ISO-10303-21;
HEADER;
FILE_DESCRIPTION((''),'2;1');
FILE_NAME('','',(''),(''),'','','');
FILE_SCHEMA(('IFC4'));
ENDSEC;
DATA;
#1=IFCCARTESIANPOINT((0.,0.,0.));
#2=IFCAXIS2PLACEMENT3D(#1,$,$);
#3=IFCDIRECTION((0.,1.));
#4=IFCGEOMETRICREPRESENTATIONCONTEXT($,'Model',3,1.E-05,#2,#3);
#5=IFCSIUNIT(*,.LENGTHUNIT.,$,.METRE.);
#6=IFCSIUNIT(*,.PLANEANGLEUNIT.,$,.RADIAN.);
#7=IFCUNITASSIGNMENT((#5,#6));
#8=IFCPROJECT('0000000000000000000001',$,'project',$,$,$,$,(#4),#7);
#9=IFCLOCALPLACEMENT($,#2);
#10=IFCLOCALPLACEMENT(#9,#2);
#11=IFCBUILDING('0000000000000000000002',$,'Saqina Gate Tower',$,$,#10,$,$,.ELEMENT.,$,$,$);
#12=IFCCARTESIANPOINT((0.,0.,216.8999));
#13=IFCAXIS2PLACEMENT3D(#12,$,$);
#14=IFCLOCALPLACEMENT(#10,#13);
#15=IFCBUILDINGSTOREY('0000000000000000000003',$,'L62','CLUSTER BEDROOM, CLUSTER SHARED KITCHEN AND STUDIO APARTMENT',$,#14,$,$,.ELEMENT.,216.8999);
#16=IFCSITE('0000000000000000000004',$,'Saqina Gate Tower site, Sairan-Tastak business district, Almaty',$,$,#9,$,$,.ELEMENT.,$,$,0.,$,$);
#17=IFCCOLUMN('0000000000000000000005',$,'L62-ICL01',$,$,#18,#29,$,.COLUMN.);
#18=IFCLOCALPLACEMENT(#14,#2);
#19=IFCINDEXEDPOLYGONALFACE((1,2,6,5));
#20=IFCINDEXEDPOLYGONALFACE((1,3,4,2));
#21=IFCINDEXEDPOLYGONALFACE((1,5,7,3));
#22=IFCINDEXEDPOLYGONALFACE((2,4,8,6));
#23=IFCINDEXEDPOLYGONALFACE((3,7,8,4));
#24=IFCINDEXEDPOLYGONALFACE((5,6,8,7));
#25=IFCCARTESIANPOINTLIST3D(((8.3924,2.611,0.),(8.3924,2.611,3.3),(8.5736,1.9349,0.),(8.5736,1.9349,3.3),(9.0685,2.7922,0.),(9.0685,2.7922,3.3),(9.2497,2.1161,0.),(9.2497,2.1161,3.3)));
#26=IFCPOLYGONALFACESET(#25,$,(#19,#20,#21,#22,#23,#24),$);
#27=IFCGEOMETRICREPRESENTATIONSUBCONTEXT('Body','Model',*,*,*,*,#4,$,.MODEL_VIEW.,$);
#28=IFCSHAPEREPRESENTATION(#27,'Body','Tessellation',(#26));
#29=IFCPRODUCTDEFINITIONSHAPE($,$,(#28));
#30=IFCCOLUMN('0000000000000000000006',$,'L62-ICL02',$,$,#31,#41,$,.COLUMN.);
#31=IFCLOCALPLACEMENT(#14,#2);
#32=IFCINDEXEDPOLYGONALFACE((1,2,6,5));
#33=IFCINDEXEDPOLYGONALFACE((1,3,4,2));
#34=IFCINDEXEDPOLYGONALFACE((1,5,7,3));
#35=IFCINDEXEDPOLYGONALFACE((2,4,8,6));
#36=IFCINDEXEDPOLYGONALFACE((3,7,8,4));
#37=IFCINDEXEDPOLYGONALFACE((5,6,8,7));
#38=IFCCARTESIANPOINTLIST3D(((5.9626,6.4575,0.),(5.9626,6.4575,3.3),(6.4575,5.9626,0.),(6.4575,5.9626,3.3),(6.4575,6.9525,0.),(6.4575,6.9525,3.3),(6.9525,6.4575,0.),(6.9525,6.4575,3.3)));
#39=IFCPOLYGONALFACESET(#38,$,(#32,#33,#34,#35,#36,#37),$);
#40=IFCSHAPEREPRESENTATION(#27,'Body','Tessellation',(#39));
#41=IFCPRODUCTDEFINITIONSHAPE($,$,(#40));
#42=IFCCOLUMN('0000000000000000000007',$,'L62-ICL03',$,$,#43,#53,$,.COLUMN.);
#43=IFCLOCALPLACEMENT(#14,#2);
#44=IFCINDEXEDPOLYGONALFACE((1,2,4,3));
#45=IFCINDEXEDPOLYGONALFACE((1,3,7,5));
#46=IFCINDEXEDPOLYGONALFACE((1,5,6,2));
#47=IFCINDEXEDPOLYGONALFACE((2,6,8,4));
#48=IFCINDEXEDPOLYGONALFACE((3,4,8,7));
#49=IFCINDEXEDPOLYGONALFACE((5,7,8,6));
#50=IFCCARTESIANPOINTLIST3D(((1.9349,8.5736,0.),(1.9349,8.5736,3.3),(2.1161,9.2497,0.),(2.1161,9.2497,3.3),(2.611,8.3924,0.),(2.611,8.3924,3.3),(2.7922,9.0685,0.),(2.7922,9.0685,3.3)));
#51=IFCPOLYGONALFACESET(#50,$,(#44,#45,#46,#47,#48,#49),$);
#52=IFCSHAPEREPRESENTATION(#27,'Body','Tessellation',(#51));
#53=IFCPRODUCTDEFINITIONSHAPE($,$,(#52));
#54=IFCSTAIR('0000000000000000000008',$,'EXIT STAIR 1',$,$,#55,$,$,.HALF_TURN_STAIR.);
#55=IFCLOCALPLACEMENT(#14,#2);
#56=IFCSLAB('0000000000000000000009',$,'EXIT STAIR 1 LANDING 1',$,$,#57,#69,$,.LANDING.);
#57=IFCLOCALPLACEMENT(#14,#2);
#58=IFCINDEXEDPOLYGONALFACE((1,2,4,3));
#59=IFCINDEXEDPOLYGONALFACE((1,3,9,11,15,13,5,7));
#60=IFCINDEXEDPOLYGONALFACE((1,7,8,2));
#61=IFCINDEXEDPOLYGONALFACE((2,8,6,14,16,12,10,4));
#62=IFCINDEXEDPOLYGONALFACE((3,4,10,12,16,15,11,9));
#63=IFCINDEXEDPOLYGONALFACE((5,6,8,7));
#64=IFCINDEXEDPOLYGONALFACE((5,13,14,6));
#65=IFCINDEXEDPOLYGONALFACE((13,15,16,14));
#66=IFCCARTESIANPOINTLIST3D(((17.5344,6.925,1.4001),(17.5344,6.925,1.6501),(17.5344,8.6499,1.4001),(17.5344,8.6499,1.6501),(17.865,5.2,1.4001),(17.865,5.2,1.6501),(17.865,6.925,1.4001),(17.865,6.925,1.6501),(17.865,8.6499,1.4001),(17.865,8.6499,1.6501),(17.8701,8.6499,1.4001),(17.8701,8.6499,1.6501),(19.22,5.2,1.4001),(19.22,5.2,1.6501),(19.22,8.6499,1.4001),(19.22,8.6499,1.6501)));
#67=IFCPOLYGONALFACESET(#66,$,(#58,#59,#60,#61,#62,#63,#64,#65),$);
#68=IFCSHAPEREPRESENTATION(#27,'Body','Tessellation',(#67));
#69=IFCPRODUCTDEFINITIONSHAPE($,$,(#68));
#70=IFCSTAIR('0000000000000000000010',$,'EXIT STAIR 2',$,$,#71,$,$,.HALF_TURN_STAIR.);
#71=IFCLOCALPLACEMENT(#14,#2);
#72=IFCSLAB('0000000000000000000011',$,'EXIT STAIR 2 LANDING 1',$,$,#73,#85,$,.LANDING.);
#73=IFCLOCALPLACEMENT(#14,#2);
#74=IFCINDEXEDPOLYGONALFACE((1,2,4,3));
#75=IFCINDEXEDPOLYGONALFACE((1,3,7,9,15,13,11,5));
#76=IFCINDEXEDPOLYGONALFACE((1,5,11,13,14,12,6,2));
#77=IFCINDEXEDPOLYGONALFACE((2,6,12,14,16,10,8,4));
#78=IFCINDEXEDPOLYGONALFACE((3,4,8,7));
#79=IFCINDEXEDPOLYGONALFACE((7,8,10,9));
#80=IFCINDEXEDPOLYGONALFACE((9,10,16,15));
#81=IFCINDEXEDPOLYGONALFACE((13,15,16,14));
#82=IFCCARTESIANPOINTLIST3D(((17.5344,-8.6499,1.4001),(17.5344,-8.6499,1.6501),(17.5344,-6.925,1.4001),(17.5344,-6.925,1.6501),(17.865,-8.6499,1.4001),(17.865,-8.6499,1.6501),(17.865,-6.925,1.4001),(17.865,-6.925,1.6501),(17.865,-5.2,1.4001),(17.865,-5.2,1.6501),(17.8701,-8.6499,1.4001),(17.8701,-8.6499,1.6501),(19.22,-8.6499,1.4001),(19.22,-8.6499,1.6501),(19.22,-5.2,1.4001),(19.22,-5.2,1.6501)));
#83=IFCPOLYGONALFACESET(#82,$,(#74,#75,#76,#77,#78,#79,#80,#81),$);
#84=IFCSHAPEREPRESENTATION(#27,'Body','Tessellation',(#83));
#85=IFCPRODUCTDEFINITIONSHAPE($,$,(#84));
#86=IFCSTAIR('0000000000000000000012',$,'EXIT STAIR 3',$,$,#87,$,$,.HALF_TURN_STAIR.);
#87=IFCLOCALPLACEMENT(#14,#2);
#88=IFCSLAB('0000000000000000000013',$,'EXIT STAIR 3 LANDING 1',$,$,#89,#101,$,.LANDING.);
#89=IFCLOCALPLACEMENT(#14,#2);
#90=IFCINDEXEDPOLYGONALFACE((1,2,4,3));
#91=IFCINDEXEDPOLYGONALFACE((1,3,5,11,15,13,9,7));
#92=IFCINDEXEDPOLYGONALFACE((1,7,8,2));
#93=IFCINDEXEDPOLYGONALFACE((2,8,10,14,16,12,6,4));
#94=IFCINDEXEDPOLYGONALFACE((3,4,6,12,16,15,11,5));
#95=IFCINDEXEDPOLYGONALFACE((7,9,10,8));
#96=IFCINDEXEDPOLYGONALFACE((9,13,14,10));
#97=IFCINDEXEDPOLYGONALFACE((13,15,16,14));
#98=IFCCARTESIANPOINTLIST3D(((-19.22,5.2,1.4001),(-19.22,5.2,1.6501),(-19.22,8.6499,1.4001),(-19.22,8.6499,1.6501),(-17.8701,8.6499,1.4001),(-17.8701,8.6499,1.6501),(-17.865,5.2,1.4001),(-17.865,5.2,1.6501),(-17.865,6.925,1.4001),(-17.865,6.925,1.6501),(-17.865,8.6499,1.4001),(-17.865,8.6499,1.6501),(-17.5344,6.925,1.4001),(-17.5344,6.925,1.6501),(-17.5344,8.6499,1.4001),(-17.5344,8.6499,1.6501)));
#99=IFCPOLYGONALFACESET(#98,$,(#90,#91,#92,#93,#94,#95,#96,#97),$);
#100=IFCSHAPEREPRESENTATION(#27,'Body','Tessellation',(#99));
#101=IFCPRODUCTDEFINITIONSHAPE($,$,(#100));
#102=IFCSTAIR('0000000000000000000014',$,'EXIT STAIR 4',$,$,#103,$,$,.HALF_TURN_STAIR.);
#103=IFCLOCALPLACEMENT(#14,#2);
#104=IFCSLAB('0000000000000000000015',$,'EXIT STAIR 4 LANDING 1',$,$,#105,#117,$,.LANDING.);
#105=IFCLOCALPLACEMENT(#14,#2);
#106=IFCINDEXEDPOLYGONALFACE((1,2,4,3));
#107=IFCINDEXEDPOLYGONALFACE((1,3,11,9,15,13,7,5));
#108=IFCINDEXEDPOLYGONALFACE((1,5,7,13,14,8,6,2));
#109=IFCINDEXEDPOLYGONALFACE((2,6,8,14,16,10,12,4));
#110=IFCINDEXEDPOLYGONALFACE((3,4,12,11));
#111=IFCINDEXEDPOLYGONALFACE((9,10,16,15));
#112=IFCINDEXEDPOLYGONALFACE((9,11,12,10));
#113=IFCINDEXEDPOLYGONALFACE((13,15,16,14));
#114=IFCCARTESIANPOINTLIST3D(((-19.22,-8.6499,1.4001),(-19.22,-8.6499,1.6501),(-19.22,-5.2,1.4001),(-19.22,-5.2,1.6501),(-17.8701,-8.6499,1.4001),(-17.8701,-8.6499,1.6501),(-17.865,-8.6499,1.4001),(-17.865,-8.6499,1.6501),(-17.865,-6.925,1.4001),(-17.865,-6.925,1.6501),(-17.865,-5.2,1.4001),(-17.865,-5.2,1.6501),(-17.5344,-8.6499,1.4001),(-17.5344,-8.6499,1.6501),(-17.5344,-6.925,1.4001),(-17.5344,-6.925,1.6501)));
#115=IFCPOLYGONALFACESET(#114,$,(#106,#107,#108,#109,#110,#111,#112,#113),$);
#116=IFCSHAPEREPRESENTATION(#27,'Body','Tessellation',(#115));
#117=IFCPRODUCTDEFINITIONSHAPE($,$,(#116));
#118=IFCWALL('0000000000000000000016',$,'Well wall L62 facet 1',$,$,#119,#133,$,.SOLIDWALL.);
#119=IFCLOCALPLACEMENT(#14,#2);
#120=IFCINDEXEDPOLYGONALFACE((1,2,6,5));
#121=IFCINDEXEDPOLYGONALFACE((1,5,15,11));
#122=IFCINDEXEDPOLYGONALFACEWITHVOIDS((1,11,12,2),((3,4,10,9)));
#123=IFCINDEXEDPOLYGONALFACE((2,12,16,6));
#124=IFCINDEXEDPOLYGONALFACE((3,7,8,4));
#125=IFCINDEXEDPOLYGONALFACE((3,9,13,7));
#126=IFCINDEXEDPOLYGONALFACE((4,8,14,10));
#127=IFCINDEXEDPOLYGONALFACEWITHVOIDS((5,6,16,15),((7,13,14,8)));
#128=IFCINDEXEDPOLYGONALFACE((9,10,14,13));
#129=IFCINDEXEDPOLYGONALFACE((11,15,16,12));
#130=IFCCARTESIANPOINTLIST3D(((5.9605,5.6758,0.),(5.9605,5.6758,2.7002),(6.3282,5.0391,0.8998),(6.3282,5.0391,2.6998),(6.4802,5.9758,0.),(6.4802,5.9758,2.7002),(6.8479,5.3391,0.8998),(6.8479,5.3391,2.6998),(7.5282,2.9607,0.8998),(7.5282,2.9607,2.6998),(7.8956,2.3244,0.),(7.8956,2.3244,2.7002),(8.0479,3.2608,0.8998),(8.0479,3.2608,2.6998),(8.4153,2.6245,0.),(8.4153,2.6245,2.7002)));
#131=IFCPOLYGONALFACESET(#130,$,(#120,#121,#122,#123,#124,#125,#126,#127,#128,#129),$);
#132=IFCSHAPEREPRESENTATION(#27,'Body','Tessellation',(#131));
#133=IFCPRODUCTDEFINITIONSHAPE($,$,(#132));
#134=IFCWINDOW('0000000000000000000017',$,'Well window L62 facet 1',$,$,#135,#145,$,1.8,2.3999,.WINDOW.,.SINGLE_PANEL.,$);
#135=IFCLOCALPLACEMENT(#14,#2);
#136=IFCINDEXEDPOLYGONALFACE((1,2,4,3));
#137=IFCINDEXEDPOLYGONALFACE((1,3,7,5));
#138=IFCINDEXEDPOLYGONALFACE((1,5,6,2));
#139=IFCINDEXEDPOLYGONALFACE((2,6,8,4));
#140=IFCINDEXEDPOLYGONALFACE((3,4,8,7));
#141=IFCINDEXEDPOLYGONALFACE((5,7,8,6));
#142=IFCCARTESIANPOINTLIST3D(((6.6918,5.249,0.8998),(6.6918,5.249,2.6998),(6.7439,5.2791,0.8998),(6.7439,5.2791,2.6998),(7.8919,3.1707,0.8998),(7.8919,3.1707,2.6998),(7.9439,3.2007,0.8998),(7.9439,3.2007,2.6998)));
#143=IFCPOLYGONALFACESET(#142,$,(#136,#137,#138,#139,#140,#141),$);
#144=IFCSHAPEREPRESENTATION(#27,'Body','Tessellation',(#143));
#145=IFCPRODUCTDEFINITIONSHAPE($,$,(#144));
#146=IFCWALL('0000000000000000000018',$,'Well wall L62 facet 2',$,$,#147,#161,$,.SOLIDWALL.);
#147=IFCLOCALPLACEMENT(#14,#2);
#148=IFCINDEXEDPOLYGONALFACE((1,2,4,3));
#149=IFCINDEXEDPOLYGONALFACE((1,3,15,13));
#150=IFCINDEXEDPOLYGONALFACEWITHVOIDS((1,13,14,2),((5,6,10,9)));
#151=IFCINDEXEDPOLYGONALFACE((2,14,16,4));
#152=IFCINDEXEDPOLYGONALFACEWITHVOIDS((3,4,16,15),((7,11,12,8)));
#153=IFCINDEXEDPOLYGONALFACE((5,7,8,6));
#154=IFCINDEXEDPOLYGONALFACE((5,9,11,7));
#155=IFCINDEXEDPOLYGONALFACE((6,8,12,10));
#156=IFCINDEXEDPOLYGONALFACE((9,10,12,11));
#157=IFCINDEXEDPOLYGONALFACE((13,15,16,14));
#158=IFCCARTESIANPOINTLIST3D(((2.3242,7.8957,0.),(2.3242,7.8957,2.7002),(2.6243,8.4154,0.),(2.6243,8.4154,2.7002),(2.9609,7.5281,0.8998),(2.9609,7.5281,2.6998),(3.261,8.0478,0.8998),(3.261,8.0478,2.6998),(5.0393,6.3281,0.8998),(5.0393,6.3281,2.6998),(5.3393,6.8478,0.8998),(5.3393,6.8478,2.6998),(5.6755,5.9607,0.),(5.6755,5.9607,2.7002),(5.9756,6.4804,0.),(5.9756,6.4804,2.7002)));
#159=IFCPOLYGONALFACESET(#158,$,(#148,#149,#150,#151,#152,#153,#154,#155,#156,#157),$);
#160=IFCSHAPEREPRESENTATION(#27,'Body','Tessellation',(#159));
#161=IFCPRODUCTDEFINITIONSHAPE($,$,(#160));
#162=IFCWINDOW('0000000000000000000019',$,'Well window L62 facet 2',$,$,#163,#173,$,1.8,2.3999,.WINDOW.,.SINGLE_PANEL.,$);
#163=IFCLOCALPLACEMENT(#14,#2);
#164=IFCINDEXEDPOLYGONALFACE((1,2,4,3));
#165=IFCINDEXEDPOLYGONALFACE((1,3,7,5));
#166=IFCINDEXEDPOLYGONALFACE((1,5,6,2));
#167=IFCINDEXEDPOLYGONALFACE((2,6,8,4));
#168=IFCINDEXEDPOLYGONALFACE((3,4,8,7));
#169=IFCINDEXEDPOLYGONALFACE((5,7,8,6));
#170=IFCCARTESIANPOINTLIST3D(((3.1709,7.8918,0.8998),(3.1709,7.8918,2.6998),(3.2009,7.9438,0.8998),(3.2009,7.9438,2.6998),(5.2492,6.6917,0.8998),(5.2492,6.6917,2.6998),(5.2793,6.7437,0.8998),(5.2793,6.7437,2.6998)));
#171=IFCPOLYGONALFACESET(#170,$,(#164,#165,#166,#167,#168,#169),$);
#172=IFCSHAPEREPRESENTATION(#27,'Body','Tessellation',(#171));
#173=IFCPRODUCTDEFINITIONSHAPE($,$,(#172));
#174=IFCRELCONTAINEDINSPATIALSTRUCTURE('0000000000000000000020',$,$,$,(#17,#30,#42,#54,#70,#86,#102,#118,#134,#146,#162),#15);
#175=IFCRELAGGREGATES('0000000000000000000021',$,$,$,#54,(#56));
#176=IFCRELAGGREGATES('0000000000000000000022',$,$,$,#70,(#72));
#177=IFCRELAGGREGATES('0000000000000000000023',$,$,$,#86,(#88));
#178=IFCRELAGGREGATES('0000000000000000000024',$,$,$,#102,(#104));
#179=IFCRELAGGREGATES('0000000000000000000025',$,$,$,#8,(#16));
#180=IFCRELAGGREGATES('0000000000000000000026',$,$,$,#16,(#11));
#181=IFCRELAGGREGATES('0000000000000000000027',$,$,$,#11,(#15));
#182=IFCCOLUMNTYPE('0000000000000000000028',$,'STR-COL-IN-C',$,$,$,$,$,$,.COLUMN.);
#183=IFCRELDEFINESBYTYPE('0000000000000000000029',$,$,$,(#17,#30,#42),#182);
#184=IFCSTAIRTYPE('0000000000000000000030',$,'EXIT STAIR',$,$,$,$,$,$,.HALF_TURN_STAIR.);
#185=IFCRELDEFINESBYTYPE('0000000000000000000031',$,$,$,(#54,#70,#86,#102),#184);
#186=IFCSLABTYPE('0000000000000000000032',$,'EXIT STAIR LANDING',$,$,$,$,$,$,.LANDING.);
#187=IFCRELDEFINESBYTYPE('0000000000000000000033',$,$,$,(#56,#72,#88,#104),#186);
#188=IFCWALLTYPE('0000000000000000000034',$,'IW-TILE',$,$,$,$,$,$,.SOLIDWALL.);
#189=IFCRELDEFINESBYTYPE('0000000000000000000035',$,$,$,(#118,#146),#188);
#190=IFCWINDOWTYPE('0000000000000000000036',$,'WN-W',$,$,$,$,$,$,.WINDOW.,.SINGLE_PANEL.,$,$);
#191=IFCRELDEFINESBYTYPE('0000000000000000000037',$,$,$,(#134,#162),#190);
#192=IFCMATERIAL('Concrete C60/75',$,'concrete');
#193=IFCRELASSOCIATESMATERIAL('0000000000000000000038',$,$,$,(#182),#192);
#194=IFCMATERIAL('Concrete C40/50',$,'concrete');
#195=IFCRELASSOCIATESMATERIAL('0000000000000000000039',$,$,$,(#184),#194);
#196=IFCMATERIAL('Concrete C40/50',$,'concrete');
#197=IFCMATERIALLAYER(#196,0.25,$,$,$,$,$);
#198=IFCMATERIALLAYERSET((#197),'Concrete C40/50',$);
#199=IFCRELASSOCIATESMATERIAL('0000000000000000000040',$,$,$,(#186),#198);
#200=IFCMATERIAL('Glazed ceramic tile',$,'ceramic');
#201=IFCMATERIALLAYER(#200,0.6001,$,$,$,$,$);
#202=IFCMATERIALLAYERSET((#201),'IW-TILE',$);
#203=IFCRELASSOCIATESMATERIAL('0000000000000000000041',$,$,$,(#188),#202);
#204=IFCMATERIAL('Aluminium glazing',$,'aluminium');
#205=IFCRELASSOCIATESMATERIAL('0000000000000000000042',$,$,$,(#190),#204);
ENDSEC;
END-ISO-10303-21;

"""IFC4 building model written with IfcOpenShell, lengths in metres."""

from ifc_helpers import new_model, si_unit, direction, frame, frame_2d, origin, origin_2d, place, context, subcontext, project, spatial, polyline, rectangle, outline, extrude, material, layer, layer_set, material_profile, profile_set, type_object, element, fill, aggregate, save


model = new_model("IFC4")

# Units and contexts
model_context = context("Model", 3, precision=1e-05, world=origin(), true_north=direction((0.0, 1.0)))
body_context = subcontext(model_context, "Body", "Model", "MODEL_VIEW")
ifc_project = project(units=[si_unit("LENGTHUNIT", "METRE"), si_unit("PLANEANGLEUNIT", "RADIAN")], contexts=[model_context])

# Site, building, storey
site_placement = place(None, origin())
site = spatial("IfcSite", under=ifc_project, at=site_placement, Name="Saqina Gate Tower site, Sairan-Tastak business district, Almaty", CompositionType="ELEMENT", RefElevation=0.0)
building_placement = place(site_placement, origin())
building = spatial("IfcBuilding", under=site, at=building_placement, Name="Saqina Gate Tower", CompositionType="ELEMENT")
storey_placement = place(building_placement, frame((0.0, 0.0, 216.8999)))
storey = spatial("IfcBuildingStorey", under=building, at=storey_placement, Name="L62", Description="CLUSTER BEDROOM, CLUSTER SHARED KITCHEN AND STUDIO APARTMENT", CompositionType="ELEMENT", Elevation=216.8999)

# Columns
ifc_material_1 = material(Name="Concrete C60/75", Category="concrete")
ifc_material_profile = material_profile(ifc_material_1, rectangle(XDim=0.7, YDim=0.7, at=origin_2d()), Name="RC 700x700")
ifc_profile_set = profile_set([ifc_material_profile], Name="Concrete C60/75")
column_type = type_object("IfcColumnType", Name="STR-COL-IN-C", PredefinedType="COLUMN", material=ifc_profile_set)
for number, where, z_axis, x_axis, name in (
    (1, (8.821, 2.3635, 0.0), (0.0, 0.0, 1.0), (0.965926, 0.258819, 0.0), "L62-ICL01"),
    (2, (6.4575, 6.4575, 0.0), (0.0, 0.0, 1.0), (0.707107, 0.707107, 0.0), "L62-ICL02"),
    (3, (2.3635, 8.821, 0.0), (0.0, 0.0, 1.0), (0.258819, 0.965926, 0.0), "L62-ICL03"),
):
    element("IfcColumn", number, at=place(storey_placement, frame(where, z_axis=z_axis, x_axis=x_axis)), inside=storey, type_object=column_type, Name=name, PredefinedType="COLUMN", context=body_context, shape_type="SweptSolid", body=[
        extrude(rectangle(XDim=0.7, YDim=0.7, at=origin_2d()), origin(), (0.0, 0.0, 1.0), 3.3),
    ])

# Stairs, slabs
ifc_material_2 = material(Name="Concrete C40/50", Category="concrete")
stair_type = type_object("IfcStairType", Name="EXIT STAIR", PredefinedType="HALF_TURN_STAIR", material=ifc_material_2)
stair_1_placement = place(storey_placement, origin())
stair_1 = element("IfcStair", 4, at=stair_1_placement, inside=storey, type_object=stair_type, Name="EXIT STAIR 1", PredefinedType="HALF_TURN_STAIR")
ifc_material_3 = material(Name="Concrete C40/50", Category="concrete")
ifc_layer_1 = layer(ifc_material_3, 0.25)
ifc_layer_set_1 = layer_set([ifc_layer_1], Name="Concrete C40/50")
slab_type = type_object("IfcSlabType", Name="EXIT STAIR LANDING", PredefinedType="LANDING", material=ifc_layer_set_1)
slab_1_placement = place(storey_placement, frame((0.0, 0.0, 1.4001)))
slab_1 = element("IfcSlab", 5, at=slab_1_placement, type_object=slab_type, Name="EXIT STAIR 1 LANDING 1", PredefinedType="LANDING", context=body_context, shape_type="SweptSolid", body=[
    extrude(outline(polyline([(19.22, 8.6499), (19.22, 5.2), (17.865, 5.2), (17.865, 6.925), (17.5344, 6.925), (17.5344, 8.6499), (17.865, 8.6499), (17.8701, 8.6499), (19.22, 8.6499)])), origin(), (0.0, 0.0, 1.0), 0.25),
])
aggregate(stair_1, [slab_1])
stair_2_placement = place(storey_placement, origin())
stair_2 = element("IfcStair", 6, at=stair_2_placement, inside=storey, type_object=stair_type, Name="EXIT STAIR 2", PredefinedType="HALF_TURN_STAIR")
slab_2_placement = place(storey_placement, frame((0.0, 0.0, 1.4001)))
slab_2 = element("IfcSlab", 7, at=slab_2_placement, type_object=slab_type, Name="EXIT STAIR 2 LANDING 1", PredefinedType="LANDING", context=body_context, shape_type="SweptSolid", body=[
    extrude(outline(polyline([(17.5344, -8.6499), (17.5344, -6.925), (17.865, -6.925), (17.865, -5.2), (19.22, -5.2), (19.22, -8.6499), (17.8701, -8.6499), (17.865, -8.6499), (17.5344, -8.6499)])), origin(), (0.0, 0.0, 1.0), 0.25),
])
aggregate(stair_2, [slab_2])
stair_3_placement = place(storey_placement, origin())
stair_3 = element("IfcStair", 8, at=stair_3_placement, inside=storey, type_object=stair_type, Name="EXIT STAIR 3", PredefinedType="HALF_TURN_STAIR")
slab_3_placement = place(storey_placement, frame((0.0, 0.0, 1.4001)))
slab_3 = element("IfcSlab", 9, at=slab_3_placement, type_object=slab_type, Name="EXIT STAIR 3 LANDING 1", PredefinedType="LANDING", context=body_context, shape_type="SweptSolid", body=[
    extrude(outline(polyline([(-17.865, 5.2), (-19.22, 5.2), (-19.22, 8.6499), (-17.8701, 8.6499), (-17.865, 8.6499), (-17.5344, 8.6499), (-17.5344, 6.925), (-17.865, 6.925), (-17.865, 5.2)])), origin(), (0.0, 0.0, 1.0), 0.25),
])
aggregate(stair_3, [slab_3])
stair_4_placement = place(storey_placement, origin())
stair_4 = element("IfcStair", 10, at=stair_4_placement, inside=storey, type_object=stair_type, Name="EXIT STAIR 4", PredefinedType="HALF_TURN_STAIR")
slab_4_placement = place(storey_placement, frame((0.0, 0.0, 1.4001)))
slab_4 = element("IfcSlab", 11, at=slab_4_placement, type_object=slab_type, Name="EXIT STAIR 4 LANDING 1", PredefinedType="LANDING", context=body_context, shape_type="SweptSolid", body=[
    extrude(outline(polyline([(-17.5344, -6.925), (-17.5344, -8.6499), (-17.865, -8.6499), (-17.8701, -8.6499), (-19.22, -8.6499), (-19.22, -5.2), (-17.865, -5.2), (-17.865, -6.925), (-17.5344, -6.925)])), origin(), (0.0, 0.0, 1.0), 0.25),
])
aggregate(stair_4, [slab_4])

# Walls, openings, windows
ifc_material_4 = material(Name="Glazed ceramic tile", Category="ceramic")
ifc_layer_2 = layer(ifc_material_4, 0.6001)
ifc_layer_set_2 = layer_set([ifc_layer_2], Name="IW-TILE")
wall_type_1 = type_object("IfcWallType", Name="IW-TILE", PredefinedType="SOLIDWALL", material=ifc_layer_set_2)
wall_1_placement = place(storey_placement, frame((8.1555, 2.4744, 0.0), z_axis=(0.0, 0.0, 1.0), x_axis=(-0.500034, 0.866006, 0.0)))
wall_1 = element("IfcWall", 12, at=wall_1_placement, inside=storey, type_object=wall_type_1, Name="Well wall L62 facet 1", PredefinedType="SOLIDWALL", context=body_context, shape_type="SweptSolid", body=[
    extrude(rectangle(XDim=3.8699, YDim=0.6001, at=frame_2d((1.9351, 0.0))), origin(), (0.0, 0.0, 1.0), 2.7002),
])
opening_1_placement = place(wall_1_placement, frame((0.7349, 0.0, 0.8999)))
opening_1 = element("IfcOpeningElement", 13, at=opening_1_placement, cuts=wall_1, PredefinedType="OPENING", context=body_context, shape_type="SweptSolid", body=[
    extrude(rectangle(XDim=2.3999, YDim=1.8, at=frame_2d((1.2, 0.8999))), frame((0.0, 0.312, 0.0), z_axis=(0.0, -1.0, 0.0), x_axis=(1.0, 0.0, 0.0)), (0.0, 0.0, 1.0), 0.624),
])
ifc_material_5 = material(Name="Aluminium glazing", Category="aluminium")
window_type = type_object("IfcWindowType", Name="WN-W", PartitioningType="SINGLE_PANEL", PredefinedType="WINDOW", material=ifc_material_5)
window_1_placement = place(opening_1_placement, origin())
window_1 = element("IfcWindow", 14, at=window_1_placement, inside=storey, type_object=window_type, Name="Well window L62 facet 1", OverallHeight=1.8, OverallWidth=2.3999, PartitioningType="SINGLE_PANEL", PredefinedType="WINDOW", context=body_context, shape_type="SweptSolid", body=[
    extrude(rectangle(XDim=2.3999, YDim=1.8, at=frame_2d((1.2, 0.8999))), frame((0.0, -0.1199, 0.0), z_axis=(0.0, -1.0, 0.0), x_axis=(1.0, 0.0, 0.0)), (0.0, 0.0, 1.0), 0.0601),
])
fill(opening_1, window_1)
wall_2_placement = place(storey_placement, frame((5.8257, 6.2205, 0.0), z_axis=(0.0, 0.0, 1.0), x_axis=(-0.866006, 0.500034, 0.0)))
wall_2 = element("IfcWall", 15, at=wall_2_placement, inside=storey, type_object=wall_type_1, Name="Well wall L62 facet 2", PredefinedType="SOLIDWALL", context=body_context, shape_type="SweptSolid", body=[
    extrude(rectangle(XDim=3.8699, YDim=0.6001, at=frame_2d((1.9351, 0.0))), origin(), (0.0, 0.0, 1.0), 2.7002),
])
opening_2_placement = place(wall_2_placement, frame((0.7349, 0.0, 0.8999)))
opening_2 = element("IfcOpeningElement", 16, at=opening_2_placement, cuts=wall_2, PredefinedType="OPENING", context=body_context, shape_type="SweptSolid", body=[
    extrude(rectangle(XDim=2.3999, YDim=1.8, at=frame_2d((1.2, 0.8999))), frame((0.0, 0.312, 0.0), z_axis=(0.0, -1.0, 0.0), x_axis=(1.0, 0.0, 0.0)), (0.0, 0.0, 1.0), 0.624),
])
window_2_placement = place(opening_2_placement, origin())
window_2 = element("IfcWindow", 17, at=window_2_placement, inside=storey, type_object=window_type, Name="Well window L62 facet 2", OverallHeight=1.8, OverallWidth=2.3999, PartitioningType="SINGLE_PANEL", PredefinedType="WINDOW", context=body_context, shape_type="SweptSolid", body=[
    extrude(rectangle(XDim=2.3999, YDim=1.8, at=frame_2d((1.2, 0.8999))), frame((0.0, -0.1199, 0.0), z_axis=(0.0, -1.0, 0.0), x_axis=(1.0, 0.0, 0.0)), (0.0, 0.0, 1.0), 0.0601),
])
fill(opening_2, window_2)

save(model, "model.ifc")
